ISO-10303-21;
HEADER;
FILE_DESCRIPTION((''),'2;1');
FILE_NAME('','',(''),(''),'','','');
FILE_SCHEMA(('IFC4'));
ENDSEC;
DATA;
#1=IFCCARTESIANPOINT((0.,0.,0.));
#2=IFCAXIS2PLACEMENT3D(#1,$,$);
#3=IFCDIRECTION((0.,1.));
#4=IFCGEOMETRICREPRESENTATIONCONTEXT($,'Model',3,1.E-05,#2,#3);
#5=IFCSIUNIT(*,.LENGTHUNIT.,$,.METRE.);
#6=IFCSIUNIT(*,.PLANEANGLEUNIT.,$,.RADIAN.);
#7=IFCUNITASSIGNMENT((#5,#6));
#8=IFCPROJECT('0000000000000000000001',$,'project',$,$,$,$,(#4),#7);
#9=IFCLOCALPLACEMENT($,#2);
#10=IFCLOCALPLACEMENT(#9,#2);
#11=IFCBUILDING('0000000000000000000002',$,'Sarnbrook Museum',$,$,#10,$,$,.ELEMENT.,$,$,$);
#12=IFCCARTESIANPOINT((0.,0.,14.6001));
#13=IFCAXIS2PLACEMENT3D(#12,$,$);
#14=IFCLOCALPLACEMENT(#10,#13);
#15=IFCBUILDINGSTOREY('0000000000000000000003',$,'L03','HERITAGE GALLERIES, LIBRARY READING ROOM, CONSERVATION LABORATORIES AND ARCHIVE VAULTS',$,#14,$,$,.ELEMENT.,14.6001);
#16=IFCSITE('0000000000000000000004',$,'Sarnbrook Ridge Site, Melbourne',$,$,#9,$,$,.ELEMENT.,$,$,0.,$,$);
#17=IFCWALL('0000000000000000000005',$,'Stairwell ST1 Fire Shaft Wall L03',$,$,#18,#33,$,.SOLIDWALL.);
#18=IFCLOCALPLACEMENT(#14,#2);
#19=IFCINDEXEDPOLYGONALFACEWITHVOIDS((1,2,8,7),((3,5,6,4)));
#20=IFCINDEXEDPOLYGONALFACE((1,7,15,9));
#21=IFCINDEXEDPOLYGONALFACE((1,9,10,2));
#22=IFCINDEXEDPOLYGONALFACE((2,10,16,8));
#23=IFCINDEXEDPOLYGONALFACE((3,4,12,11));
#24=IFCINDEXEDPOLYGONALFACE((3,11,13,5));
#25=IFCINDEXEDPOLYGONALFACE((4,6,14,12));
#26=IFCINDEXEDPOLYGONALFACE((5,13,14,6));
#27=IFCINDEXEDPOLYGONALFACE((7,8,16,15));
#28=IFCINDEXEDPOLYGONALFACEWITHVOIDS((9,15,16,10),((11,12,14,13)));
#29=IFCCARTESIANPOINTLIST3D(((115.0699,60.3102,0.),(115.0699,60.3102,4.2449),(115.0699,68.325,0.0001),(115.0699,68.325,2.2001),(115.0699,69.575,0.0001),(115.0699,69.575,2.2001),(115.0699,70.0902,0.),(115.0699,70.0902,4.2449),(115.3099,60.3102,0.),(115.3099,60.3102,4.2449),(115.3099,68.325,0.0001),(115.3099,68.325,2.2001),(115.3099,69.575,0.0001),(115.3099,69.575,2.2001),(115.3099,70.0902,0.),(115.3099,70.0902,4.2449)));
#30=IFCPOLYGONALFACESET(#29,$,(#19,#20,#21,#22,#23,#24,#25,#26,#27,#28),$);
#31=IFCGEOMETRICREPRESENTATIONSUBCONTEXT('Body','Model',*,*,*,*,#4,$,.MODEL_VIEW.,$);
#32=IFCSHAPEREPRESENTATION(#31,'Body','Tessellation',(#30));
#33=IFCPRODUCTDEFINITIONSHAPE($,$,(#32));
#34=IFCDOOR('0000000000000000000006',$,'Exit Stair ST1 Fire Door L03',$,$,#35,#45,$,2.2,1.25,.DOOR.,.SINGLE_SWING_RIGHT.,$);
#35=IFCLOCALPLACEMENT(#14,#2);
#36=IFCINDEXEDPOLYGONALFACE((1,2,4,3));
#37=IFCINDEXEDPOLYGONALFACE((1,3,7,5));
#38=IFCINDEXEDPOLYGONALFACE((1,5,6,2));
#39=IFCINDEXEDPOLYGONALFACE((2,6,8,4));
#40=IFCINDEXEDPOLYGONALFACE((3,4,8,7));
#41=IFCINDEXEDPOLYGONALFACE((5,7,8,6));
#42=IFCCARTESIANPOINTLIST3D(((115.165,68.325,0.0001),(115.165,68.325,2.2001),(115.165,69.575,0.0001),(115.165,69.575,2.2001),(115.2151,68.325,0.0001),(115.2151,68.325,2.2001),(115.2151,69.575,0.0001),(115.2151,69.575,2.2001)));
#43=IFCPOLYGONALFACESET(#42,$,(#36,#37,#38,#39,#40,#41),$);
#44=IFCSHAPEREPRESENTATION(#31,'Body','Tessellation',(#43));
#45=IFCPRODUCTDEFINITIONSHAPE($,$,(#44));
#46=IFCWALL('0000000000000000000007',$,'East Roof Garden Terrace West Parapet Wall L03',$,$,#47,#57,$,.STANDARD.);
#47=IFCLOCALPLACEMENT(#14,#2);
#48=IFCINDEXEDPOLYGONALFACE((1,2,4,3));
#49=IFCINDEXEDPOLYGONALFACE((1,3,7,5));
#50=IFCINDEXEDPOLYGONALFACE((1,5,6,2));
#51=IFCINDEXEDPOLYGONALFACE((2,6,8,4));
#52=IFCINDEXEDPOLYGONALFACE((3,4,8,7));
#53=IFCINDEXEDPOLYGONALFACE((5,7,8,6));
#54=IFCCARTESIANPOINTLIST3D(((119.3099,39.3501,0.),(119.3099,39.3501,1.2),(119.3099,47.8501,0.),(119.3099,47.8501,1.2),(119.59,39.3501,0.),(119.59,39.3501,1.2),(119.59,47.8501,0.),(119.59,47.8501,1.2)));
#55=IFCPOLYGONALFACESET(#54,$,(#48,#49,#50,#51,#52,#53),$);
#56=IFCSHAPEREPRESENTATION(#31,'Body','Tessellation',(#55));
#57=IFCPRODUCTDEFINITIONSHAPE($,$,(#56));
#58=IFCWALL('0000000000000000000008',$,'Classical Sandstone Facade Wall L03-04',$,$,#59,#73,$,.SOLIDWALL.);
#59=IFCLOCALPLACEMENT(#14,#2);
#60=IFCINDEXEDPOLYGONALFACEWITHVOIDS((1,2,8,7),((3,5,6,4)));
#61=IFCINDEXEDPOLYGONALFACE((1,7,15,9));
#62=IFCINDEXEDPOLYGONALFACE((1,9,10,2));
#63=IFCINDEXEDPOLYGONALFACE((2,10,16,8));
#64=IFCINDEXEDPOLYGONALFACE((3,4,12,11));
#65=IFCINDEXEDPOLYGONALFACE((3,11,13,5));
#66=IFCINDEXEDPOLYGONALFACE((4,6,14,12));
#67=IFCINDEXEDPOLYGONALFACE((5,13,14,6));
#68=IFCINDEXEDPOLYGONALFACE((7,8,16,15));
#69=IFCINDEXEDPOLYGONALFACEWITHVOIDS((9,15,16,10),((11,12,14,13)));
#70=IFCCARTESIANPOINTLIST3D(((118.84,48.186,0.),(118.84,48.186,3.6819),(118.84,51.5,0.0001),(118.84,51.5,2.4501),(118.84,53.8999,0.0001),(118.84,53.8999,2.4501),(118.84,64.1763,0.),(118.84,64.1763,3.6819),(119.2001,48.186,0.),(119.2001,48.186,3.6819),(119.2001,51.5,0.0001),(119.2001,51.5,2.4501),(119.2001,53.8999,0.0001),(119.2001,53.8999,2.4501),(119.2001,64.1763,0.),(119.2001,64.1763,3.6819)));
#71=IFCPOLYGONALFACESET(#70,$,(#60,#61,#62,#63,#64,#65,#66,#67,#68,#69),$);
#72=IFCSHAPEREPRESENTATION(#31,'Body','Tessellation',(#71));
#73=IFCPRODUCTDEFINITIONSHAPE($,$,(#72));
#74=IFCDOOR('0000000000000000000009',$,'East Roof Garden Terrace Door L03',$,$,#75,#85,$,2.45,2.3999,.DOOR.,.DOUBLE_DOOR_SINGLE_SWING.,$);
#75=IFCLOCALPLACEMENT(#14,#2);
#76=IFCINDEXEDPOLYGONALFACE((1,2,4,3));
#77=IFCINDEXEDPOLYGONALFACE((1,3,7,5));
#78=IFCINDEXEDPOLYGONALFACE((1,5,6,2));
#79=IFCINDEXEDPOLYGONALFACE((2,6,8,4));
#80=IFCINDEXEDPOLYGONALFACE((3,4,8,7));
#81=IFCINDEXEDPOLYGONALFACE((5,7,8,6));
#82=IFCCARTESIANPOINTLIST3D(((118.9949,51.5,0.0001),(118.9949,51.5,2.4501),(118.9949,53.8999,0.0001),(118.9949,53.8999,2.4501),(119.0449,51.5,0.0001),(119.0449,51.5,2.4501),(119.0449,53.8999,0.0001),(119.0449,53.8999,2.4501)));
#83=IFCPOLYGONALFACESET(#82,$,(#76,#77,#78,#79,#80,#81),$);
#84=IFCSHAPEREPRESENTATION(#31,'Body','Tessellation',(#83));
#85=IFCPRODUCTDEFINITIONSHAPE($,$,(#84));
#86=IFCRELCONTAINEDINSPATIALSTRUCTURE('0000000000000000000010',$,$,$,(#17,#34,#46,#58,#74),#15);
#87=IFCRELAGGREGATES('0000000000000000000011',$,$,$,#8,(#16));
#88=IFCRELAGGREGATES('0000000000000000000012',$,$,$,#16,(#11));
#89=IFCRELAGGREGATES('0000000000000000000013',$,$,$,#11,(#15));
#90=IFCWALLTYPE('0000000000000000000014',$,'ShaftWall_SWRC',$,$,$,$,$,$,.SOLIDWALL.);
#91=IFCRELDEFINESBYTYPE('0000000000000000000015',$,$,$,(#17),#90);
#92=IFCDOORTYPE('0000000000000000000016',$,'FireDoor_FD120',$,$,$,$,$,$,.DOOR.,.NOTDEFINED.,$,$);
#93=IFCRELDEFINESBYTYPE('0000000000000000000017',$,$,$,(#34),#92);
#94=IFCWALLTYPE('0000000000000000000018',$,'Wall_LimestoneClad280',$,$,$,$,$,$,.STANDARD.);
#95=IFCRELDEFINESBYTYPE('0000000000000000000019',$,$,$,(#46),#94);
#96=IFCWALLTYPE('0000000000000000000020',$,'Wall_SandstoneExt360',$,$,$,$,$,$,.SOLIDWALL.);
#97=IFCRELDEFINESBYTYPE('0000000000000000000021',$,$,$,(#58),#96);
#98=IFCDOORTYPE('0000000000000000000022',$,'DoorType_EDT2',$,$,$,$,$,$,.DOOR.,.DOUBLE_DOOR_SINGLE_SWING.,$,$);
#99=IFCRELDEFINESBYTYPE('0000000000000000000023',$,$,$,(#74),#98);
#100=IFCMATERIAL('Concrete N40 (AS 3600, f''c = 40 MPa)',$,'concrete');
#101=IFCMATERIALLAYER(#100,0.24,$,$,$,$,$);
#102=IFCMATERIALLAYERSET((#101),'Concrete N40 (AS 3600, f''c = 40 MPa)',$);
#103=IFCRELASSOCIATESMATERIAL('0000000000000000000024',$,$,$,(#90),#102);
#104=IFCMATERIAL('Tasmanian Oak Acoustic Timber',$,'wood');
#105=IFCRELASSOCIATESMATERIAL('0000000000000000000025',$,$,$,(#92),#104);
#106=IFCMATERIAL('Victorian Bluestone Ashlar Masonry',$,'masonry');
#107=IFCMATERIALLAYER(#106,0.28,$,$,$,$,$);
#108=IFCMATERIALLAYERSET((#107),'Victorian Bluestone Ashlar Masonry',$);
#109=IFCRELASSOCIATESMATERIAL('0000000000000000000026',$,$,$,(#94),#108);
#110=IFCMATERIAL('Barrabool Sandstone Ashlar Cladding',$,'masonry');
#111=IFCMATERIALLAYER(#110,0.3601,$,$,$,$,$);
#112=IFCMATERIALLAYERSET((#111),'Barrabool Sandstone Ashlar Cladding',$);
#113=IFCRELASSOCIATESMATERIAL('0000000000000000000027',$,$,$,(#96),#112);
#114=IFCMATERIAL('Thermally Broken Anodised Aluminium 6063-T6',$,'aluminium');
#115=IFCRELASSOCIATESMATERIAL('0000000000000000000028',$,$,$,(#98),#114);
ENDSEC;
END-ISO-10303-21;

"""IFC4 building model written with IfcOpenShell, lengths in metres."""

from ifc_helpers import new_model, si_unit, direction, frame, frame_2d, origin, place, context, subcontext, project, spatial, rectangle, extrude, material, layer, layer_set, type_object, element, fill, save


model = new_model("IFC4")

# Units and contexts
model_context = context("Model", 3, precision=1e-05, world=origin(), true_north=direction((0.0, 1.0)))
body_context = subcontext(model_context, "Body", "Model", "MODEL_VIEW")
ifc_project = project(units=[si_unit("LENGTHUNIT", "METRE"), si_unit("PLANEANGLEUNIT", "RADIAN")], contexts=[model_context])

# Site, building, storey
site_placement = place(None, origin())
site = spatial("IfcSite", under=ifc_project, at=site_placement, Name="Sarnbrook Ridge Site, Melbourne", CompositionType="ELEMENT", RefElevation=0.0)
building_placement = place(site_placement, origin())
building = spatial("IfcBuilding", under=site, at=building_placement, Name="Sarnbrook Museum", CompositionType="ELEMENT")
storey_placement = place(building_placement, frame((0.0, 0.0, 14.6001)))
storey = spatial("IfcBuildingStorey", under=building, at=storey_placement, Name="L03", Description="HERITAGE GALLERIES, LIBRARY READING ROOM, CONSERVATION LABORATORIES AND ARCHIVE VAULTS", CompositionType="ELEMENT", Elevation=14.6001)

# Shared definitions
ifc_material_1 = material(Name="Thermally Broken Anodised Aluminium 6063-T6", Category="aluminium")

# Wall, opening, door
ifc_material_2 = material(Name="Tasmanian Oak Acoustic Timber", Category="wood")
ifc_material_3 = material(Name="Concrete N40 (AS 3600, f'c = 40 MPa)", Category="concrete")
ifc_layer_1 = layer(ifc_material_3, 0.24)
ifc_layer_set_1 = layer_set([ifc_layer_1], Name="Concrete N40 (AS 3600, f'c = 40 MPa)")
wall_type_1 = type_object("IfcWallType", Name="ShaftWall_SWRC", PredefinedType="SOLIDWALL", material=ifc_layer_set_1)
wall_1_placement = place(storey_placement, frame((115.1899, 60.3101, 0.0), z_axis=(0.0, 0.0, 1.0), x_axis=(0.0, 1.0, 0.0)))
wall_1 = element("IfcWall", 1, at=wall_1_placement, inside=storey, type_object=wall_type_1, Name="Stairwell ST1 Fire Shaft Wall L03", PredefinedType="SOLIDWALL", context=body_context, shape_type="SweptSolid", body=[
    extrude(rectangle(XDim=9.78, YDim=0.24, at=frame_2d((4.8901, 0.0))), origin(), (0.0, 0.0, 1.0), 4.2449),
])
opening_1_placement = place(wall_1_placement, frame((8.0149, 0.0, 0.0)))
opening_1 = element("IfcOpeningElement", 2, at=opening_1_placement, cuts=wall_1, PredefinedType="OPENING", context=body_context, shape_type="SweptSolid", body=[
    extrude(rectangle(XDim=1.25, YDim=2.2, at=frame_2d((0.625, 1.1001))), frame((0.0, 0.1299, 0.0), z_axis=(0.0, -1.0, 0.0), x_axis=(1.0, 0.0, 0.0)), (0.0, 0.0, 1.0), 0.26),
])
door_type_1 = type_object("IfcDoorType", Name="FireDoor_FD120", OperationType="NOTDEFINED", PredefinedType="DOOR", material=ifc_material_2)
door_1_placement = place(opening_1_placement, origin())
door_1 = element("IfcDoor", 3, at=door_1_placement, inside=storey, type_object=door_type_1, Name="Exit Stair ST1 Fire Door L03", OperationType="SINGLE_SWING_RIGHT", OverallHeight=2.2, OverallWidth=1.25, PredefinedType="DOOR", context=body_context, shape_type="SweptSolid", body=[
    extrude(rectangle(XDim=1.25, YDim=2.2, at=frame_2d((0.625, 1.1001))), frame((0.0, 0.0249, 0.0), z_axis=(0.0, -1.0, 0.0), x_axis=(1.0, 0.0, 0.0)), (0.0, 0.0, 1.0), 0.05),
])
fill(opening_1, door_1)

# Wall
ifc_material_4 = material(Name="Victorian Bluestone Ashlar Masonry", Category="masonry")
ifc_layer_2 = layer(ifc_material_4, 0.28)
ifc_layer_set_2 = layer_set([ifc_layer_2], Name="Victorian Bluestone Ashlar Masonry")
wall_type_2 = type_object("IfcWallType", Name="Wall_LimestoneClad280", PredefinedType="STANDARD", material=ifc_layer_set_2)
wall_2_placement = place(storey_placement, frame((119.45, 39.3501, 0.0), z_axis=(0.0, 0.0, 1.0), x_axis=(0.0, 1.0, 0.0)))
element("IfcWall", 4, at=wall_2_placement, inside=storey, type_object=wall_type_2, Name="East Roof Garden Terrace West Parapet Wall L03", PredefinedType="STANDARD", context=body_context, shape_type="SweptSolid", body=[
    extrude(rectangle(XDim=8.5, YDim=0.28, at=frame_2d((4.25, 0.0))), origin(), (0.0, 0.0, 1.0), 1.2),
])

# Wall, opening, door
ifc_material_5 = material(Name="Barrabool Sandstone Ashlar Cladding", Category="masonry")
ifc_layer_3 = layer(ifc_material_5, 0.3601)
ifc_layer_set_3 = layer_set([ifc_layer_3], Name="Barrabool Sandstone Ashlar Cladding")
wall_type_3 = type_object("IfcWallType", Name="Wall_SandstoneExt360", PredefinedType="SOLIDWALL", material=ifc_layer_set_3)
wall_3_placement = place(storey_placement, frame((119.02, 48.186, 0.0), z_axis=(0.0, 0.0, 1.0), x_axis=(0.0, 1.0, 0.0)))
wall_3 = element("IfcWall", 5, at=wall_3_placement, inside=storey, type_object=wall_type_3, Name="Classical Sandstone Facade Wall L03-04", PredefinedType="SOLIDWALL", context=body_context, shape_type="SweptSolid", body=[
    extrude(rectangle(XDim=15.9902, YDim=0.3601, at=frame_2d((7.9951, 0.0))), origin(), (0.0, 0.0, 1.0), 3.6819),
])
opening_2_placement = place(wall_3_placement, frame((3.314, 0.0, 0.0)))
opening_2 = element("IfcOpeningElement", 6, at=opening_2_placement, cuts=wall_3, PredefinedType="OPENING", context=body_context, shape_type="SweptSolid", body=[
    extrude(rectangle(XDim=2.3999, YDim=2.45, at=frame_2d((1.2, 1.2251))), frame((0.0, 0.1899, 0.0), z_axis=(0.0, -1.0, 0.0), x_axis=(1.0, 0.0, 0.0)), (0.0, 0.0, 1.0), 0.3801),
])
door_type_2 = type_object("IfcDoorType", Name="DoorType_EDT2", OperationType="DOUBLE_DOOR_SINGLE_SWING", PredefinedType="DOOR", material=ifc_material_1)
door_2_placement = place(opening_2_placement, frame((2.3999, 0.0, 0.0), z_axis=(0.0, 0.0, 1.0), x_axis=(-1.0, 0.0, 0.0)))
door_2 = element("IfcDoor", 7, at=door_2_placement, inside=storey, type_object=door_type_2, Name="East Roof Garden Terrace Door L03", OperationType="DOUBLE_DOOR_SINGLE_SWING", OverallHeight=2.45, OverallWidth=2.3999, PredefinedType="DOOR", context=body_context, shape_type="SweptSolid", body=[
    extrude(rectangle(XDim=2.3999, YDim=2.45, at=frame_2d((1.2, 1.2251))), frame((0.0, 0.0249, 0.0), z_axis=(0.0, -1.0, 0.0), x_axis=(1.0, 0.0, 0.0)), (0.0, 0.0, 1.0), 0.05),
])
fill(opening_2, door_2)

save(model, "model.ifc")
